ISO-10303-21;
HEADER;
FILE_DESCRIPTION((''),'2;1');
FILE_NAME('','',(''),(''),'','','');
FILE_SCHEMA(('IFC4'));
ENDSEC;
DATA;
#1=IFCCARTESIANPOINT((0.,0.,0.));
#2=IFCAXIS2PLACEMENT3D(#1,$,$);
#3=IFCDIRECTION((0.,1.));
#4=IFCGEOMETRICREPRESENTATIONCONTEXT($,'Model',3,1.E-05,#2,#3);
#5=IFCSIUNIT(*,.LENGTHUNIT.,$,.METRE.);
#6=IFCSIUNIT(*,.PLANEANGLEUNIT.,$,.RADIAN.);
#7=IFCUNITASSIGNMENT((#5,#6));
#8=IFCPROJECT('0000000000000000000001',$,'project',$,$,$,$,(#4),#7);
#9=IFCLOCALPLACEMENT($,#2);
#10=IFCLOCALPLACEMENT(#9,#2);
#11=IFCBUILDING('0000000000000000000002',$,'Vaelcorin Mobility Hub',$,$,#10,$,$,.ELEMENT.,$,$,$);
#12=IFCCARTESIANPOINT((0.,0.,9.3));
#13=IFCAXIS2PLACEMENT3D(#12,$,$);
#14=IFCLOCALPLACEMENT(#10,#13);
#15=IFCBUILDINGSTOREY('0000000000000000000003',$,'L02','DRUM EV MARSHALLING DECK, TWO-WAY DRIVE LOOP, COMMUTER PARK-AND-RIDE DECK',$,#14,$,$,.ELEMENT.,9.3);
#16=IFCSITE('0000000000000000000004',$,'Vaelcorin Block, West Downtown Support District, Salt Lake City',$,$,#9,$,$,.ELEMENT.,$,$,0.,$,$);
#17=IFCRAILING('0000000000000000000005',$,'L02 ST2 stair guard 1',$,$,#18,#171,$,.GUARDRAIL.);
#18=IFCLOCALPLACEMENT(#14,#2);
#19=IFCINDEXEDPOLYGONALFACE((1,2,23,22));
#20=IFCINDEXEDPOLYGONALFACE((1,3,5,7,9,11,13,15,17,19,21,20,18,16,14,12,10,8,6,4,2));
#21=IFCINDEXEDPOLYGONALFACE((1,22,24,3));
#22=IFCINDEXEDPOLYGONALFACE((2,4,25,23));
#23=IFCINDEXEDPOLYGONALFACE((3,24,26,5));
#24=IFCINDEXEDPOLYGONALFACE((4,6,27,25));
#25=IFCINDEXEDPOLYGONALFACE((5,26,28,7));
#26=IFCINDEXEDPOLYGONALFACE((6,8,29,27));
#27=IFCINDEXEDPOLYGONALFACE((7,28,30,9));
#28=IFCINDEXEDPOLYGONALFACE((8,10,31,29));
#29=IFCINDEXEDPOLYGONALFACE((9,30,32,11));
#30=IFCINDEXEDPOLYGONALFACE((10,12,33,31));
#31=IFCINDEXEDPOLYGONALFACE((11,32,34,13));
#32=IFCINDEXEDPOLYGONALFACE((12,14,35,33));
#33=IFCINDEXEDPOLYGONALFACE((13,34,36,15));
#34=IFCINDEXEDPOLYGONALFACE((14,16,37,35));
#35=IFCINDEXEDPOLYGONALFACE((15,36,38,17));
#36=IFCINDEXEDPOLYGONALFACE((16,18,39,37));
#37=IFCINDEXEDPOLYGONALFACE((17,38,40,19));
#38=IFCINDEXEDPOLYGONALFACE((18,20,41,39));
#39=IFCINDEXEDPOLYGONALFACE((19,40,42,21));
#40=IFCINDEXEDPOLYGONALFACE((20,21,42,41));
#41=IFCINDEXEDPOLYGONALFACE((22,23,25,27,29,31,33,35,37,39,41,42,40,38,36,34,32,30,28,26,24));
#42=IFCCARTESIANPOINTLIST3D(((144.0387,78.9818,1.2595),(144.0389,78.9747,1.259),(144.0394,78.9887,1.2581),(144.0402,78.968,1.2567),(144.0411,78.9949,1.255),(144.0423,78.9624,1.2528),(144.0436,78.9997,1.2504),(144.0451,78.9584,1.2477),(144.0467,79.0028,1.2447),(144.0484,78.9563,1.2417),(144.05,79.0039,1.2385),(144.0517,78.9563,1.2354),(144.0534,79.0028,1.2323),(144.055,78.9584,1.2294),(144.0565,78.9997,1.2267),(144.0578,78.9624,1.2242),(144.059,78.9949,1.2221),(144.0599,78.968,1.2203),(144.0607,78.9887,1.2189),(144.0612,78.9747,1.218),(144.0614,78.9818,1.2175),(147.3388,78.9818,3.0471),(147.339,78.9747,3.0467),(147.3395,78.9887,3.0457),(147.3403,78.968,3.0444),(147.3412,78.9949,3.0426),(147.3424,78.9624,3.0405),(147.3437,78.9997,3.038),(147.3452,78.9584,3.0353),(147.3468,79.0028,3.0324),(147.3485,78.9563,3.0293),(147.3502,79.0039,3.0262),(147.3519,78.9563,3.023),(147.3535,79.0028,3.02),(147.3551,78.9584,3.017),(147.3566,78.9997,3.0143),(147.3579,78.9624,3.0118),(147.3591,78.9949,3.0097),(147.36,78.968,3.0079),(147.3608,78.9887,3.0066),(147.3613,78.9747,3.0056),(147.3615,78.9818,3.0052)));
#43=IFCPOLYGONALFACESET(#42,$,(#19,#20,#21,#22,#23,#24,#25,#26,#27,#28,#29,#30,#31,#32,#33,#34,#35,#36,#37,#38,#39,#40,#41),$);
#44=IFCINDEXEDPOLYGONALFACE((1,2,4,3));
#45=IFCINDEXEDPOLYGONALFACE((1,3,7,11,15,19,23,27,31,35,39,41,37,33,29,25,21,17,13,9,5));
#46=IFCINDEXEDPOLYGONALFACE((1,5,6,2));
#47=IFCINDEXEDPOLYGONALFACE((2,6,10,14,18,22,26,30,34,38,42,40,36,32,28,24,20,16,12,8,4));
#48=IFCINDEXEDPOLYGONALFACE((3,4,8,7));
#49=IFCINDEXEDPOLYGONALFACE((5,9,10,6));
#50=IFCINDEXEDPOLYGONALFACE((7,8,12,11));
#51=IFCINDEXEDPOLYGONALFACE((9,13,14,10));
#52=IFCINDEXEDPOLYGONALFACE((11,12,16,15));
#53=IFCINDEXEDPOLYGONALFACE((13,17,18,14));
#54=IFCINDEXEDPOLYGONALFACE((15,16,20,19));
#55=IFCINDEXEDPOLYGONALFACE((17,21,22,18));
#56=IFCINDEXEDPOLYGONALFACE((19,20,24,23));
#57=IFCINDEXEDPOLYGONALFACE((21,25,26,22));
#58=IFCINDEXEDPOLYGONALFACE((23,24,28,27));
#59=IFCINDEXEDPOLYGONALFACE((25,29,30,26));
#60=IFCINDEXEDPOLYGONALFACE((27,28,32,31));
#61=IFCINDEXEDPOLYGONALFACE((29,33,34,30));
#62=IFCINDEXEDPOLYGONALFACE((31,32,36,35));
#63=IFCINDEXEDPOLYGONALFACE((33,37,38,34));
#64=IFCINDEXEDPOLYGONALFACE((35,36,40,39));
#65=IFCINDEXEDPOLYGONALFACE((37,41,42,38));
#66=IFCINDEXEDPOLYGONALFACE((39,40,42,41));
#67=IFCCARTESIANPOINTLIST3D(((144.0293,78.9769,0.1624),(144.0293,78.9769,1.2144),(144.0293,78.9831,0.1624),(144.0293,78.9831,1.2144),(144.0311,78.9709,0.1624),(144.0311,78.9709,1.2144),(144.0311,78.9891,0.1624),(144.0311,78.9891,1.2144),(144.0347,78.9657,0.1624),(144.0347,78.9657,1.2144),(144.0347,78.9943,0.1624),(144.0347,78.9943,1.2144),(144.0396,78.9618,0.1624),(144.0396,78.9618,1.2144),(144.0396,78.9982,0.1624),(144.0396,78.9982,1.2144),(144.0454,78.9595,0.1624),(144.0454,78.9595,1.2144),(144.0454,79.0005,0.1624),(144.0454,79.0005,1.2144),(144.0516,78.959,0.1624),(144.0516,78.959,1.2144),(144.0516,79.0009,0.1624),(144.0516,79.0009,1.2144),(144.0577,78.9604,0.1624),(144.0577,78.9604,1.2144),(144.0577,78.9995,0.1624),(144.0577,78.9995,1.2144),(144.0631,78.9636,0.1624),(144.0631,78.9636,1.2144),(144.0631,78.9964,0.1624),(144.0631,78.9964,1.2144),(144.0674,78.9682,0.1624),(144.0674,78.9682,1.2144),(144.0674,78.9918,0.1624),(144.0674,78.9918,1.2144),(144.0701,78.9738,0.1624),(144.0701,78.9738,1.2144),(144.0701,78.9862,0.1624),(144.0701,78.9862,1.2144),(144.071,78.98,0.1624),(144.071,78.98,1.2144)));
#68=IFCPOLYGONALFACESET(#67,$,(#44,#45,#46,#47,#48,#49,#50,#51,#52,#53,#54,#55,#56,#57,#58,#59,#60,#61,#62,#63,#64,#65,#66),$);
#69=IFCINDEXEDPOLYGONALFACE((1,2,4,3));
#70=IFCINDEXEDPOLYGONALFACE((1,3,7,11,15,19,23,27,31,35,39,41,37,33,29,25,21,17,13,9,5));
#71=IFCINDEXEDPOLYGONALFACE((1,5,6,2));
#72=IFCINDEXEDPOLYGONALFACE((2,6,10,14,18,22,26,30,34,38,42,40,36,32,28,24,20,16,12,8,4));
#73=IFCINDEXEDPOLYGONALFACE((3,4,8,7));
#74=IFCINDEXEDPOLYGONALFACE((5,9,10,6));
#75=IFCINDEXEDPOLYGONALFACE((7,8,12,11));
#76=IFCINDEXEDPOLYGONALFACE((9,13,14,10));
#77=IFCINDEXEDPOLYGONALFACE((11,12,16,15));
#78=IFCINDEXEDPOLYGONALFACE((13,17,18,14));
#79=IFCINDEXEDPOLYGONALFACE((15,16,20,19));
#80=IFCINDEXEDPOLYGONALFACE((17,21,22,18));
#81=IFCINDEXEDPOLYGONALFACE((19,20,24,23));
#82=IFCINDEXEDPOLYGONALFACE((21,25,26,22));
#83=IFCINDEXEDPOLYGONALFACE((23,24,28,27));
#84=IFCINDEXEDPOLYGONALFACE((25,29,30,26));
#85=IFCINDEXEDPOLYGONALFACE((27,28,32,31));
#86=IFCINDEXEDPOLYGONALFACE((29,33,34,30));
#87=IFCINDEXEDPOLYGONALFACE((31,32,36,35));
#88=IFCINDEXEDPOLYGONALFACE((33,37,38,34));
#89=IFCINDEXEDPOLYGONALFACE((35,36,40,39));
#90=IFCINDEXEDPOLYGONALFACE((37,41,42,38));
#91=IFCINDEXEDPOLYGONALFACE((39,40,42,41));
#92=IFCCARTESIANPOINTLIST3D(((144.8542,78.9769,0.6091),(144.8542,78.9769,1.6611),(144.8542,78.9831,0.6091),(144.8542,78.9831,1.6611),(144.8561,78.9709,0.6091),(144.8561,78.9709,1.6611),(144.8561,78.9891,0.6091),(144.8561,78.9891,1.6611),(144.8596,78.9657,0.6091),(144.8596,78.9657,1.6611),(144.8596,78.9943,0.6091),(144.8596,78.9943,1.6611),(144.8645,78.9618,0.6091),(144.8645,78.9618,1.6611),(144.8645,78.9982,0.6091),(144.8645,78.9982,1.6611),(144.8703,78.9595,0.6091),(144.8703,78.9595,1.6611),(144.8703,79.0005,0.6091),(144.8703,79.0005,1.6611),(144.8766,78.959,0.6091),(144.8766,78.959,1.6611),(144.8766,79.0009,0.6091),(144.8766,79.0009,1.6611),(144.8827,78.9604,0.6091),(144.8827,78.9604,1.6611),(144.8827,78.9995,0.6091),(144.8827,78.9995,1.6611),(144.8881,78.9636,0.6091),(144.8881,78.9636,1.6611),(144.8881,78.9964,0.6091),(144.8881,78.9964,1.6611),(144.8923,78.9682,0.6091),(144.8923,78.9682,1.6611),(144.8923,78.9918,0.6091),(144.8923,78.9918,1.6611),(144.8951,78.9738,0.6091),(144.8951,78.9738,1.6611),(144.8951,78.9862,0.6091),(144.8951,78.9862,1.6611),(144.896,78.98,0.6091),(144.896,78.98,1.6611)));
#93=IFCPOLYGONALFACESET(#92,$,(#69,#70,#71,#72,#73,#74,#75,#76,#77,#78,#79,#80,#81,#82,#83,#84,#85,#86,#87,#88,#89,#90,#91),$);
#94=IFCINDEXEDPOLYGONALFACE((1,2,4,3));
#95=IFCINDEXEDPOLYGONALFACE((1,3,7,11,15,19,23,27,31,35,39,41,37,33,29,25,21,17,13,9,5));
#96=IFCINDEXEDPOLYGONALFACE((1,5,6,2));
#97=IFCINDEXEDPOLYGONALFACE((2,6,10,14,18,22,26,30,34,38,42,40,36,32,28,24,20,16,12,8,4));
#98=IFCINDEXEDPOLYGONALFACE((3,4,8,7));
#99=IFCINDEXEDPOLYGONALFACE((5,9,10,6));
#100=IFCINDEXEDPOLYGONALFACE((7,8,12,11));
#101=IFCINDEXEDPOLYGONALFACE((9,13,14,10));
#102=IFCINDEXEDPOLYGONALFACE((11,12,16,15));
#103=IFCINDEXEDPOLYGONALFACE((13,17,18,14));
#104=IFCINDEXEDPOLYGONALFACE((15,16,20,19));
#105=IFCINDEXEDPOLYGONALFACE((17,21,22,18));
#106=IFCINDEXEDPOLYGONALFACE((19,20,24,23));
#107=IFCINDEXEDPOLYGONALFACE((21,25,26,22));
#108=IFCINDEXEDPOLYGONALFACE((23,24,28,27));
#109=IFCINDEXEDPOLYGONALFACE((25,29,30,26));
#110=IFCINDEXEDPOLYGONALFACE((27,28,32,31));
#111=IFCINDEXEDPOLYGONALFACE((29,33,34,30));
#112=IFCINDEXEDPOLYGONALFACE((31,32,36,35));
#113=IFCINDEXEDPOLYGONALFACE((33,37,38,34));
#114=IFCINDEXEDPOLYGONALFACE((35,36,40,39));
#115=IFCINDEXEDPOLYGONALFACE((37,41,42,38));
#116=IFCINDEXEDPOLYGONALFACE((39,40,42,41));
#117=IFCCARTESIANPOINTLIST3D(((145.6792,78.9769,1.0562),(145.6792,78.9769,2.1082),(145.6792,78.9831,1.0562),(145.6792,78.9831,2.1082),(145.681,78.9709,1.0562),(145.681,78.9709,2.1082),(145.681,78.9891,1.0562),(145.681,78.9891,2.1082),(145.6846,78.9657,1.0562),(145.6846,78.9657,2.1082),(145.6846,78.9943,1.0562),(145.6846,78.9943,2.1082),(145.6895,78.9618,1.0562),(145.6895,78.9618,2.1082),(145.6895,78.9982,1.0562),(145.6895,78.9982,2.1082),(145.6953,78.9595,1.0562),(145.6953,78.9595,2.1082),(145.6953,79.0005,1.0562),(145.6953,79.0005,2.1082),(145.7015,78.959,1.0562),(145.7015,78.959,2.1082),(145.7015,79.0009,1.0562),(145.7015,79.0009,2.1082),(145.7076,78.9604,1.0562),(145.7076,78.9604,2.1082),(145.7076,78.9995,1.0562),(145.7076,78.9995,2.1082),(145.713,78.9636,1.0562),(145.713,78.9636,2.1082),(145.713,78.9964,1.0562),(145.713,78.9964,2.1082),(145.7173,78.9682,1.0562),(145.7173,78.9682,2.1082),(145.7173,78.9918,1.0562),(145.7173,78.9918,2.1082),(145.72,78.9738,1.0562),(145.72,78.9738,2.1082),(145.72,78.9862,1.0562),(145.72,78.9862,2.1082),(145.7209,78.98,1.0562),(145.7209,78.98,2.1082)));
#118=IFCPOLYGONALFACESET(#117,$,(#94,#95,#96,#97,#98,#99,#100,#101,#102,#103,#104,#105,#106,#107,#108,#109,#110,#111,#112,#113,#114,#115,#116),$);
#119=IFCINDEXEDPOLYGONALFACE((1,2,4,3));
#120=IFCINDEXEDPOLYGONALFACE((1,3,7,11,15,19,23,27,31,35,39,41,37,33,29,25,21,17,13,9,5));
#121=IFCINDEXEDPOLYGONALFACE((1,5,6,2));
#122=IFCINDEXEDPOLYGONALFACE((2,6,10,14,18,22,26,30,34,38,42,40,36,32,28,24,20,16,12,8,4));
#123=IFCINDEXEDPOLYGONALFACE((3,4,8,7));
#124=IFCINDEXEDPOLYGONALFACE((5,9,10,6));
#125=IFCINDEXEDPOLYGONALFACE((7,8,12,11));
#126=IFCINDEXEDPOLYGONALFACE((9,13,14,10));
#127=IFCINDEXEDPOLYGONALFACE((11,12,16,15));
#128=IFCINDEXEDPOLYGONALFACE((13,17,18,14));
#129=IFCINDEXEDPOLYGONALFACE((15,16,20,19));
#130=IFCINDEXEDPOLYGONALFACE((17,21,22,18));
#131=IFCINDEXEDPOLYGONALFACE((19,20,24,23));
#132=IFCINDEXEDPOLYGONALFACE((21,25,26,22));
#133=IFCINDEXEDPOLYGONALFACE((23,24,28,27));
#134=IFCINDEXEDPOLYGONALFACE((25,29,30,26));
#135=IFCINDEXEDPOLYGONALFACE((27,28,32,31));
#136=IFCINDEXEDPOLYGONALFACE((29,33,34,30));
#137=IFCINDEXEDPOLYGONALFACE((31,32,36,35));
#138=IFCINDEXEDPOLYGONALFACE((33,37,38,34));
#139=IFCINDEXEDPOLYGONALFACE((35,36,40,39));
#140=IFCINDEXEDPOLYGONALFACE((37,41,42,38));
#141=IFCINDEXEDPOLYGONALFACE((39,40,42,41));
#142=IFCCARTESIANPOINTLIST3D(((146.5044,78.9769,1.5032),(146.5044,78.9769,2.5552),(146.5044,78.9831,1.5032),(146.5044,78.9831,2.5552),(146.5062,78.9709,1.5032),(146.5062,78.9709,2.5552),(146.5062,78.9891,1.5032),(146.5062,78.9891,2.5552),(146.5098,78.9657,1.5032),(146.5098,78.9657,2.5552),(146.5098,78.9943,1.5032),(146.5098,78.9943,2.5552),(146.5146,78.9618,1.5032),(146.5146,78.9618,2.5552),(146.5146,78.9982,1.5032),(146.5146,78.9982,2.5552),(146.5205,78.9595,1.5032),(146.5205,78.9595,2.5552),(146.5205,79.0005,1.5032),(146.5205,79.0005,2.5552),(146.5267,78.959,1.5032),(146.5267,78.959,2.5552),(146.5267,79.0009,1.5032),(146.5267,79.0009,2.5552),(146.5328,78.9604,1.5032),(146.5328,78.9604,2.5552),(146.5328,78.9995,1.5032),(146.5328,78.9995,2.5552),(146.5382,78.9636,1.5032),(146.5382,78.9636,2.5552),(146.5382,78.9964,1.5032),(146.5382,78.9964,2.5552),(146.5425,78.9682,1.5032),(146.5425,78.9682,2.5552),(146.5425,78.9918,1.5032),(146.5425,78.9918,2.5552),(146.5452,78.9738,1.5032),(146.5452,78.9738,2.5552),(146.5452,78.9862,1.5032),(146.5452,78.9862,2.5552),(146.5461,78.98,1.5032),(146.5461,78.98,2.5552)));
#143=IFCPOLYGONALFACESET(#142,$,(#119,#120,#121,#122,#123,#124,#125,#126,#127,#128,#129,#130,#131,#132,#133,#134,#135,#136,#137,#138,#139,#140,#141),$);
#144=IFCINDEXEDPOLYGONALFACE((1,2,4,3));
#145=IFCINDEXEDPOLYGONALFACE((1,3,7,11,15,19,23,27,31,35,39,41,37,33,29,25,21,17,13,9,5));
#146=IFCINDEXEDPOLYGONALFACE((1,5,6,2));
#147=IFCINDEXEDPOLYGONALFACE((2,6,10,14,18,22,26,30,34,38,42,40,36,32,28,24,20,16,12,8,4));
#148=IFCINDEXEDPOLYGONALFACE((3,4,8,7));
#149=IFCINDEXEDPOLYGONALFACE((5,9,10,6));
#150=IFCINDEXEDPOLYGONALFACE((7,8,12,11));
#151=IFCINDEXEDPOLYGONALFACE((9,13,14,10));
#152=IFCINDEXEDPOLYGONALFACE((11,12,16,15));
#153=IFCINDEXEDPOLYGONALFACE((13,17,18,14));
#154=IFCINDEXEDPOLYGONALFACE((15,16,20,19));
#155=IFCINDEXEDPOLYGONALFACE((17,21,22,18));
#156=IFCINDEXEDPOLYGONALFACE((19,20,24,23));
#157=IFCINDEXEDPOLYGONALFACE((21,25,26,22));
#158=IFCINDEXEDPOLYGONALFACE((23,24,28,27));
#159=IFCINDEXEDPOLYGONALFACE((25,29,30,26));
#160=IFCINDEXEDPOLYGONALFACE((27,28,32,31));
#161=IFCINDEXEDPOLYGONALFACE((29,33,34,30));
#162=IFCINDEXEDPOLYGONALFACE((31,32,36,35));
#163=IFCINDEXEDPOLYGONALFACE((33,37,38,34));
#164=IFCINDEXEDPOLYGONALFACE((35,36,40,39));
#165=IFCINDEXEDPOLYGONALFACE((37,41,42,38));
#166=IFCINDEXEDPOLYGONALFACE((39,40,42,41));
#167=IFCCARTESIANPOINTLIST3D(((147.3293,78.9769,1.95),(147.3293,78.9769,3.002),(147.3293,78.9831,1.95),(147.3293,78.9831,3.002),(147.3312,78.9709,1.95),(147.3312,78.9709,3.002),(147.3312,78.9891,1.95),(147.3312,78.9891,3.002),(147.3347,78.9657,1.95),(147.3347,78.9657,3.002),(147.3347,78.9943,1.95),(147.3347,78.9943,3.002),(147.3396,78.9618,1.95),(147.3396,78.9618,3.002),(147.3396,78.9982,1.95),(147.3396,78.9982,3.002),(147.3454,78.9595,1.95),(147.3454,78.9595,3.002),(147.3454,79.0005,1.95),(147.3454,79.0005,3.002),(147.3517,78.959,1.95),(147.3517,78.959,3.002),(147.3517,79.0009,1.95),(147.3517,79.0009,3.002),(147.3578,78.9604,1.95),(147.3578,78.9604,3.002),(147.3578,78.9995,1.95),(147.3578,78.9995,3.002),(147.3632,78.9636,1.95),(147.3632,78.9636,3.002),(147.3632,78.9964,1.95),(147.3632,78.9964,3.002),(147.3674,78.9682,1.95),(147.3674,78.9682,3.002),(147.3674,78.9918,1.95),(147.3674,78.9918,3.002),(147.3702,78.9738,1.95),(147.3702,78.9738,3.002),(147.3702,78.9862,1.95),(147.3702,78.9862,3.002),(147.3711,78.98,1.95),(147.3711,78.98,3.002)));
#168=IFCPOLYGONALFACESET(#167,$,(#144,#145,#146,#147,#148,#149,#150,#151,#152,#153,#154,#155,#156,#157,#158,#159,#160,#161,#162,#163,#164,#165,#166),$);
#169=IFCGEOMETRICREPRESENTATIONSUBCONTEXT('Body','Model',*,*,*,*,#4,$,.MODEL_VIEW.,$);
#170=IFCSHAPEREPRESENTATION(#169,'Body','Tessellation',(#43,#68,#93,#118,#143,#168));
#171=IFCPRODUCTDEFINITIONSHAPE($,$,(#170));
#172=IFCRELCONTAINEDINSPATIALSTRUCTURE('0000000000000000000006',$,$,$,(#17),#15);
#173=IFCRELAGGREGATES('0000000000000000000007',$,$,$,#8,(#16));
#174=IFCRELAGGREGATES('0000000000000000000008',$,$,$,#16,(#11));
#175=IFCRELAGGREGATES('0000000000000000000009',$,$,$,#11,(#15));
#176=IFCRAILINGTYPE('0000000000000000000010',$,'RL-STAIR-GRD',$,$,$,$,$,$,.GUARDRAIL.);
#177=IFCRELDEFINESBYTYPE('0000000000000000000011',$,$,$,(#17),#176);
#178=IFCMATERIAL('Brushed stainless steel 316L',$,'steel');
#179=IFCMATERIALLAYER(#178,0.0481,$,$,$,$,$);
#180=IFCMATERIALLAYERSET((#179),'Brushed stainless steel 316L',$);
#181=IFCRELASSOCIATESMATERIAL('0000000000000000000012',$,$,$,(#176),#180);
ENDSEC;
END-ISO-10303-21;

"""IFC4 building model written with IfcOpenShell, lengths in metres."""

from ifc_helpers import new_model, si_unit, direction, frame, origin, origin_2d, place, context, subcontext, project, spatial, circle, extrude, material, layer, layer_set, type_object, element, save


model = new_model("IFC4")

# Units and contexts
model_context = context("Model", 3, precision=1e-05, world=origin(), true_north=direction((0.0, 1.0)))
body_context = subcontext(model_context, "Body", "Model", "MODEL_VIEW")
ifc_project = project(units=[si_unit("LENGTHUNIT", "METRE"), si_unit("PLANEANGLEUNIT", "RADIAN")], contexts=[model_context])

# Site, building, storey
site_placement = place(None, origin())
site = spatial("IfcSite", under=ifc_project, at=site_placement, Name="Vaelcorin Block, West Downtown Support District, Salt Lake City", CompositionType="ELEMENT", RefElevation=0.0)
building_placement = place(site_placement, origin())
building = spatial("IfcBuilding", under=site, at=building_placement, Name="Vaelcorin Mobility Hub", CompositionType="ELEMENT")
storey_placement = place(building_placement, frame((0.0, 0.0, 9.3)))
storey = spatial("IfcBuildingStorey", under=building, at=storey_placement, Name="L02", Description="DRUM EV MARSHALLING DECK, TWO-WAY DRIVE LOOP, COMMUTER PARK-AND-RIDE DECK", CompositionType="ELEMENT", Elevation=9.3)

# Railing
ifc_material_1 = material(Name="Brushed stainless steel 316L", Category="steel")
ifc_layer_1 = layer(ifc_material_1, 0.0481)
ifc_layer_set_1 = layer_set([ifc_layer_1], Name="Brushed stainless steel 316L")
railing_type_1 = type_object("IfcRailingType", Name="RL-STAIR-GRD", PredefinedType="GUARDRAIL", material=ifc_layer_set_1)
railing_1_placement = place(storey_placement, frame((144.05, 78.98, 0.1624)))
element("IfcRailing", 1, at=railing_1_placement, inside=storey, type_object=railing_type_1, Name="L02 ST2 stair guard 1", PredefinedType="GUARDRAIL", context=body_context, shape_type="SweptSolid", body=[
    extrude(circle(Radius=0.0239, at=origin_2d()), frame((0.0, 0.0, 1.0762), z_axis=(0.879284, 0.0, 0.476298), x_axis=(0.0, 1.0, 0.0)), (0.0, 0.0, 1.0), 3.7532),
    extrude(circle(Radius=0.021, at=origin_2d()), origin(), (0.0, 0.0, 1.0), 1.052),
    extrude(circle(Radius=0.021, at=origin_2d()), frame((0.825, 0.0, 0.4468)), (0.0, 0.0, 1.0), 1.052),
    extrude(circle(Radius=0.021, at=origin_2d()), frame((1.6499, 0.0, 0.8938)), (0.0, 0.0, 1.0), 1.052),
    extrude(circle(Radius=0.021, at=origin_2d()), frame((2.4751, 0.0, 1.3408)), (0.0, 0.0, 1.0), 1.052),
    extrude(circle(Radius=0.021, at=origin_2d()), frame((3.3, 0.0, 1.7876)), (0.0, 0.0, 1.0), 1.052),
])

save(model, "model.ifc")
